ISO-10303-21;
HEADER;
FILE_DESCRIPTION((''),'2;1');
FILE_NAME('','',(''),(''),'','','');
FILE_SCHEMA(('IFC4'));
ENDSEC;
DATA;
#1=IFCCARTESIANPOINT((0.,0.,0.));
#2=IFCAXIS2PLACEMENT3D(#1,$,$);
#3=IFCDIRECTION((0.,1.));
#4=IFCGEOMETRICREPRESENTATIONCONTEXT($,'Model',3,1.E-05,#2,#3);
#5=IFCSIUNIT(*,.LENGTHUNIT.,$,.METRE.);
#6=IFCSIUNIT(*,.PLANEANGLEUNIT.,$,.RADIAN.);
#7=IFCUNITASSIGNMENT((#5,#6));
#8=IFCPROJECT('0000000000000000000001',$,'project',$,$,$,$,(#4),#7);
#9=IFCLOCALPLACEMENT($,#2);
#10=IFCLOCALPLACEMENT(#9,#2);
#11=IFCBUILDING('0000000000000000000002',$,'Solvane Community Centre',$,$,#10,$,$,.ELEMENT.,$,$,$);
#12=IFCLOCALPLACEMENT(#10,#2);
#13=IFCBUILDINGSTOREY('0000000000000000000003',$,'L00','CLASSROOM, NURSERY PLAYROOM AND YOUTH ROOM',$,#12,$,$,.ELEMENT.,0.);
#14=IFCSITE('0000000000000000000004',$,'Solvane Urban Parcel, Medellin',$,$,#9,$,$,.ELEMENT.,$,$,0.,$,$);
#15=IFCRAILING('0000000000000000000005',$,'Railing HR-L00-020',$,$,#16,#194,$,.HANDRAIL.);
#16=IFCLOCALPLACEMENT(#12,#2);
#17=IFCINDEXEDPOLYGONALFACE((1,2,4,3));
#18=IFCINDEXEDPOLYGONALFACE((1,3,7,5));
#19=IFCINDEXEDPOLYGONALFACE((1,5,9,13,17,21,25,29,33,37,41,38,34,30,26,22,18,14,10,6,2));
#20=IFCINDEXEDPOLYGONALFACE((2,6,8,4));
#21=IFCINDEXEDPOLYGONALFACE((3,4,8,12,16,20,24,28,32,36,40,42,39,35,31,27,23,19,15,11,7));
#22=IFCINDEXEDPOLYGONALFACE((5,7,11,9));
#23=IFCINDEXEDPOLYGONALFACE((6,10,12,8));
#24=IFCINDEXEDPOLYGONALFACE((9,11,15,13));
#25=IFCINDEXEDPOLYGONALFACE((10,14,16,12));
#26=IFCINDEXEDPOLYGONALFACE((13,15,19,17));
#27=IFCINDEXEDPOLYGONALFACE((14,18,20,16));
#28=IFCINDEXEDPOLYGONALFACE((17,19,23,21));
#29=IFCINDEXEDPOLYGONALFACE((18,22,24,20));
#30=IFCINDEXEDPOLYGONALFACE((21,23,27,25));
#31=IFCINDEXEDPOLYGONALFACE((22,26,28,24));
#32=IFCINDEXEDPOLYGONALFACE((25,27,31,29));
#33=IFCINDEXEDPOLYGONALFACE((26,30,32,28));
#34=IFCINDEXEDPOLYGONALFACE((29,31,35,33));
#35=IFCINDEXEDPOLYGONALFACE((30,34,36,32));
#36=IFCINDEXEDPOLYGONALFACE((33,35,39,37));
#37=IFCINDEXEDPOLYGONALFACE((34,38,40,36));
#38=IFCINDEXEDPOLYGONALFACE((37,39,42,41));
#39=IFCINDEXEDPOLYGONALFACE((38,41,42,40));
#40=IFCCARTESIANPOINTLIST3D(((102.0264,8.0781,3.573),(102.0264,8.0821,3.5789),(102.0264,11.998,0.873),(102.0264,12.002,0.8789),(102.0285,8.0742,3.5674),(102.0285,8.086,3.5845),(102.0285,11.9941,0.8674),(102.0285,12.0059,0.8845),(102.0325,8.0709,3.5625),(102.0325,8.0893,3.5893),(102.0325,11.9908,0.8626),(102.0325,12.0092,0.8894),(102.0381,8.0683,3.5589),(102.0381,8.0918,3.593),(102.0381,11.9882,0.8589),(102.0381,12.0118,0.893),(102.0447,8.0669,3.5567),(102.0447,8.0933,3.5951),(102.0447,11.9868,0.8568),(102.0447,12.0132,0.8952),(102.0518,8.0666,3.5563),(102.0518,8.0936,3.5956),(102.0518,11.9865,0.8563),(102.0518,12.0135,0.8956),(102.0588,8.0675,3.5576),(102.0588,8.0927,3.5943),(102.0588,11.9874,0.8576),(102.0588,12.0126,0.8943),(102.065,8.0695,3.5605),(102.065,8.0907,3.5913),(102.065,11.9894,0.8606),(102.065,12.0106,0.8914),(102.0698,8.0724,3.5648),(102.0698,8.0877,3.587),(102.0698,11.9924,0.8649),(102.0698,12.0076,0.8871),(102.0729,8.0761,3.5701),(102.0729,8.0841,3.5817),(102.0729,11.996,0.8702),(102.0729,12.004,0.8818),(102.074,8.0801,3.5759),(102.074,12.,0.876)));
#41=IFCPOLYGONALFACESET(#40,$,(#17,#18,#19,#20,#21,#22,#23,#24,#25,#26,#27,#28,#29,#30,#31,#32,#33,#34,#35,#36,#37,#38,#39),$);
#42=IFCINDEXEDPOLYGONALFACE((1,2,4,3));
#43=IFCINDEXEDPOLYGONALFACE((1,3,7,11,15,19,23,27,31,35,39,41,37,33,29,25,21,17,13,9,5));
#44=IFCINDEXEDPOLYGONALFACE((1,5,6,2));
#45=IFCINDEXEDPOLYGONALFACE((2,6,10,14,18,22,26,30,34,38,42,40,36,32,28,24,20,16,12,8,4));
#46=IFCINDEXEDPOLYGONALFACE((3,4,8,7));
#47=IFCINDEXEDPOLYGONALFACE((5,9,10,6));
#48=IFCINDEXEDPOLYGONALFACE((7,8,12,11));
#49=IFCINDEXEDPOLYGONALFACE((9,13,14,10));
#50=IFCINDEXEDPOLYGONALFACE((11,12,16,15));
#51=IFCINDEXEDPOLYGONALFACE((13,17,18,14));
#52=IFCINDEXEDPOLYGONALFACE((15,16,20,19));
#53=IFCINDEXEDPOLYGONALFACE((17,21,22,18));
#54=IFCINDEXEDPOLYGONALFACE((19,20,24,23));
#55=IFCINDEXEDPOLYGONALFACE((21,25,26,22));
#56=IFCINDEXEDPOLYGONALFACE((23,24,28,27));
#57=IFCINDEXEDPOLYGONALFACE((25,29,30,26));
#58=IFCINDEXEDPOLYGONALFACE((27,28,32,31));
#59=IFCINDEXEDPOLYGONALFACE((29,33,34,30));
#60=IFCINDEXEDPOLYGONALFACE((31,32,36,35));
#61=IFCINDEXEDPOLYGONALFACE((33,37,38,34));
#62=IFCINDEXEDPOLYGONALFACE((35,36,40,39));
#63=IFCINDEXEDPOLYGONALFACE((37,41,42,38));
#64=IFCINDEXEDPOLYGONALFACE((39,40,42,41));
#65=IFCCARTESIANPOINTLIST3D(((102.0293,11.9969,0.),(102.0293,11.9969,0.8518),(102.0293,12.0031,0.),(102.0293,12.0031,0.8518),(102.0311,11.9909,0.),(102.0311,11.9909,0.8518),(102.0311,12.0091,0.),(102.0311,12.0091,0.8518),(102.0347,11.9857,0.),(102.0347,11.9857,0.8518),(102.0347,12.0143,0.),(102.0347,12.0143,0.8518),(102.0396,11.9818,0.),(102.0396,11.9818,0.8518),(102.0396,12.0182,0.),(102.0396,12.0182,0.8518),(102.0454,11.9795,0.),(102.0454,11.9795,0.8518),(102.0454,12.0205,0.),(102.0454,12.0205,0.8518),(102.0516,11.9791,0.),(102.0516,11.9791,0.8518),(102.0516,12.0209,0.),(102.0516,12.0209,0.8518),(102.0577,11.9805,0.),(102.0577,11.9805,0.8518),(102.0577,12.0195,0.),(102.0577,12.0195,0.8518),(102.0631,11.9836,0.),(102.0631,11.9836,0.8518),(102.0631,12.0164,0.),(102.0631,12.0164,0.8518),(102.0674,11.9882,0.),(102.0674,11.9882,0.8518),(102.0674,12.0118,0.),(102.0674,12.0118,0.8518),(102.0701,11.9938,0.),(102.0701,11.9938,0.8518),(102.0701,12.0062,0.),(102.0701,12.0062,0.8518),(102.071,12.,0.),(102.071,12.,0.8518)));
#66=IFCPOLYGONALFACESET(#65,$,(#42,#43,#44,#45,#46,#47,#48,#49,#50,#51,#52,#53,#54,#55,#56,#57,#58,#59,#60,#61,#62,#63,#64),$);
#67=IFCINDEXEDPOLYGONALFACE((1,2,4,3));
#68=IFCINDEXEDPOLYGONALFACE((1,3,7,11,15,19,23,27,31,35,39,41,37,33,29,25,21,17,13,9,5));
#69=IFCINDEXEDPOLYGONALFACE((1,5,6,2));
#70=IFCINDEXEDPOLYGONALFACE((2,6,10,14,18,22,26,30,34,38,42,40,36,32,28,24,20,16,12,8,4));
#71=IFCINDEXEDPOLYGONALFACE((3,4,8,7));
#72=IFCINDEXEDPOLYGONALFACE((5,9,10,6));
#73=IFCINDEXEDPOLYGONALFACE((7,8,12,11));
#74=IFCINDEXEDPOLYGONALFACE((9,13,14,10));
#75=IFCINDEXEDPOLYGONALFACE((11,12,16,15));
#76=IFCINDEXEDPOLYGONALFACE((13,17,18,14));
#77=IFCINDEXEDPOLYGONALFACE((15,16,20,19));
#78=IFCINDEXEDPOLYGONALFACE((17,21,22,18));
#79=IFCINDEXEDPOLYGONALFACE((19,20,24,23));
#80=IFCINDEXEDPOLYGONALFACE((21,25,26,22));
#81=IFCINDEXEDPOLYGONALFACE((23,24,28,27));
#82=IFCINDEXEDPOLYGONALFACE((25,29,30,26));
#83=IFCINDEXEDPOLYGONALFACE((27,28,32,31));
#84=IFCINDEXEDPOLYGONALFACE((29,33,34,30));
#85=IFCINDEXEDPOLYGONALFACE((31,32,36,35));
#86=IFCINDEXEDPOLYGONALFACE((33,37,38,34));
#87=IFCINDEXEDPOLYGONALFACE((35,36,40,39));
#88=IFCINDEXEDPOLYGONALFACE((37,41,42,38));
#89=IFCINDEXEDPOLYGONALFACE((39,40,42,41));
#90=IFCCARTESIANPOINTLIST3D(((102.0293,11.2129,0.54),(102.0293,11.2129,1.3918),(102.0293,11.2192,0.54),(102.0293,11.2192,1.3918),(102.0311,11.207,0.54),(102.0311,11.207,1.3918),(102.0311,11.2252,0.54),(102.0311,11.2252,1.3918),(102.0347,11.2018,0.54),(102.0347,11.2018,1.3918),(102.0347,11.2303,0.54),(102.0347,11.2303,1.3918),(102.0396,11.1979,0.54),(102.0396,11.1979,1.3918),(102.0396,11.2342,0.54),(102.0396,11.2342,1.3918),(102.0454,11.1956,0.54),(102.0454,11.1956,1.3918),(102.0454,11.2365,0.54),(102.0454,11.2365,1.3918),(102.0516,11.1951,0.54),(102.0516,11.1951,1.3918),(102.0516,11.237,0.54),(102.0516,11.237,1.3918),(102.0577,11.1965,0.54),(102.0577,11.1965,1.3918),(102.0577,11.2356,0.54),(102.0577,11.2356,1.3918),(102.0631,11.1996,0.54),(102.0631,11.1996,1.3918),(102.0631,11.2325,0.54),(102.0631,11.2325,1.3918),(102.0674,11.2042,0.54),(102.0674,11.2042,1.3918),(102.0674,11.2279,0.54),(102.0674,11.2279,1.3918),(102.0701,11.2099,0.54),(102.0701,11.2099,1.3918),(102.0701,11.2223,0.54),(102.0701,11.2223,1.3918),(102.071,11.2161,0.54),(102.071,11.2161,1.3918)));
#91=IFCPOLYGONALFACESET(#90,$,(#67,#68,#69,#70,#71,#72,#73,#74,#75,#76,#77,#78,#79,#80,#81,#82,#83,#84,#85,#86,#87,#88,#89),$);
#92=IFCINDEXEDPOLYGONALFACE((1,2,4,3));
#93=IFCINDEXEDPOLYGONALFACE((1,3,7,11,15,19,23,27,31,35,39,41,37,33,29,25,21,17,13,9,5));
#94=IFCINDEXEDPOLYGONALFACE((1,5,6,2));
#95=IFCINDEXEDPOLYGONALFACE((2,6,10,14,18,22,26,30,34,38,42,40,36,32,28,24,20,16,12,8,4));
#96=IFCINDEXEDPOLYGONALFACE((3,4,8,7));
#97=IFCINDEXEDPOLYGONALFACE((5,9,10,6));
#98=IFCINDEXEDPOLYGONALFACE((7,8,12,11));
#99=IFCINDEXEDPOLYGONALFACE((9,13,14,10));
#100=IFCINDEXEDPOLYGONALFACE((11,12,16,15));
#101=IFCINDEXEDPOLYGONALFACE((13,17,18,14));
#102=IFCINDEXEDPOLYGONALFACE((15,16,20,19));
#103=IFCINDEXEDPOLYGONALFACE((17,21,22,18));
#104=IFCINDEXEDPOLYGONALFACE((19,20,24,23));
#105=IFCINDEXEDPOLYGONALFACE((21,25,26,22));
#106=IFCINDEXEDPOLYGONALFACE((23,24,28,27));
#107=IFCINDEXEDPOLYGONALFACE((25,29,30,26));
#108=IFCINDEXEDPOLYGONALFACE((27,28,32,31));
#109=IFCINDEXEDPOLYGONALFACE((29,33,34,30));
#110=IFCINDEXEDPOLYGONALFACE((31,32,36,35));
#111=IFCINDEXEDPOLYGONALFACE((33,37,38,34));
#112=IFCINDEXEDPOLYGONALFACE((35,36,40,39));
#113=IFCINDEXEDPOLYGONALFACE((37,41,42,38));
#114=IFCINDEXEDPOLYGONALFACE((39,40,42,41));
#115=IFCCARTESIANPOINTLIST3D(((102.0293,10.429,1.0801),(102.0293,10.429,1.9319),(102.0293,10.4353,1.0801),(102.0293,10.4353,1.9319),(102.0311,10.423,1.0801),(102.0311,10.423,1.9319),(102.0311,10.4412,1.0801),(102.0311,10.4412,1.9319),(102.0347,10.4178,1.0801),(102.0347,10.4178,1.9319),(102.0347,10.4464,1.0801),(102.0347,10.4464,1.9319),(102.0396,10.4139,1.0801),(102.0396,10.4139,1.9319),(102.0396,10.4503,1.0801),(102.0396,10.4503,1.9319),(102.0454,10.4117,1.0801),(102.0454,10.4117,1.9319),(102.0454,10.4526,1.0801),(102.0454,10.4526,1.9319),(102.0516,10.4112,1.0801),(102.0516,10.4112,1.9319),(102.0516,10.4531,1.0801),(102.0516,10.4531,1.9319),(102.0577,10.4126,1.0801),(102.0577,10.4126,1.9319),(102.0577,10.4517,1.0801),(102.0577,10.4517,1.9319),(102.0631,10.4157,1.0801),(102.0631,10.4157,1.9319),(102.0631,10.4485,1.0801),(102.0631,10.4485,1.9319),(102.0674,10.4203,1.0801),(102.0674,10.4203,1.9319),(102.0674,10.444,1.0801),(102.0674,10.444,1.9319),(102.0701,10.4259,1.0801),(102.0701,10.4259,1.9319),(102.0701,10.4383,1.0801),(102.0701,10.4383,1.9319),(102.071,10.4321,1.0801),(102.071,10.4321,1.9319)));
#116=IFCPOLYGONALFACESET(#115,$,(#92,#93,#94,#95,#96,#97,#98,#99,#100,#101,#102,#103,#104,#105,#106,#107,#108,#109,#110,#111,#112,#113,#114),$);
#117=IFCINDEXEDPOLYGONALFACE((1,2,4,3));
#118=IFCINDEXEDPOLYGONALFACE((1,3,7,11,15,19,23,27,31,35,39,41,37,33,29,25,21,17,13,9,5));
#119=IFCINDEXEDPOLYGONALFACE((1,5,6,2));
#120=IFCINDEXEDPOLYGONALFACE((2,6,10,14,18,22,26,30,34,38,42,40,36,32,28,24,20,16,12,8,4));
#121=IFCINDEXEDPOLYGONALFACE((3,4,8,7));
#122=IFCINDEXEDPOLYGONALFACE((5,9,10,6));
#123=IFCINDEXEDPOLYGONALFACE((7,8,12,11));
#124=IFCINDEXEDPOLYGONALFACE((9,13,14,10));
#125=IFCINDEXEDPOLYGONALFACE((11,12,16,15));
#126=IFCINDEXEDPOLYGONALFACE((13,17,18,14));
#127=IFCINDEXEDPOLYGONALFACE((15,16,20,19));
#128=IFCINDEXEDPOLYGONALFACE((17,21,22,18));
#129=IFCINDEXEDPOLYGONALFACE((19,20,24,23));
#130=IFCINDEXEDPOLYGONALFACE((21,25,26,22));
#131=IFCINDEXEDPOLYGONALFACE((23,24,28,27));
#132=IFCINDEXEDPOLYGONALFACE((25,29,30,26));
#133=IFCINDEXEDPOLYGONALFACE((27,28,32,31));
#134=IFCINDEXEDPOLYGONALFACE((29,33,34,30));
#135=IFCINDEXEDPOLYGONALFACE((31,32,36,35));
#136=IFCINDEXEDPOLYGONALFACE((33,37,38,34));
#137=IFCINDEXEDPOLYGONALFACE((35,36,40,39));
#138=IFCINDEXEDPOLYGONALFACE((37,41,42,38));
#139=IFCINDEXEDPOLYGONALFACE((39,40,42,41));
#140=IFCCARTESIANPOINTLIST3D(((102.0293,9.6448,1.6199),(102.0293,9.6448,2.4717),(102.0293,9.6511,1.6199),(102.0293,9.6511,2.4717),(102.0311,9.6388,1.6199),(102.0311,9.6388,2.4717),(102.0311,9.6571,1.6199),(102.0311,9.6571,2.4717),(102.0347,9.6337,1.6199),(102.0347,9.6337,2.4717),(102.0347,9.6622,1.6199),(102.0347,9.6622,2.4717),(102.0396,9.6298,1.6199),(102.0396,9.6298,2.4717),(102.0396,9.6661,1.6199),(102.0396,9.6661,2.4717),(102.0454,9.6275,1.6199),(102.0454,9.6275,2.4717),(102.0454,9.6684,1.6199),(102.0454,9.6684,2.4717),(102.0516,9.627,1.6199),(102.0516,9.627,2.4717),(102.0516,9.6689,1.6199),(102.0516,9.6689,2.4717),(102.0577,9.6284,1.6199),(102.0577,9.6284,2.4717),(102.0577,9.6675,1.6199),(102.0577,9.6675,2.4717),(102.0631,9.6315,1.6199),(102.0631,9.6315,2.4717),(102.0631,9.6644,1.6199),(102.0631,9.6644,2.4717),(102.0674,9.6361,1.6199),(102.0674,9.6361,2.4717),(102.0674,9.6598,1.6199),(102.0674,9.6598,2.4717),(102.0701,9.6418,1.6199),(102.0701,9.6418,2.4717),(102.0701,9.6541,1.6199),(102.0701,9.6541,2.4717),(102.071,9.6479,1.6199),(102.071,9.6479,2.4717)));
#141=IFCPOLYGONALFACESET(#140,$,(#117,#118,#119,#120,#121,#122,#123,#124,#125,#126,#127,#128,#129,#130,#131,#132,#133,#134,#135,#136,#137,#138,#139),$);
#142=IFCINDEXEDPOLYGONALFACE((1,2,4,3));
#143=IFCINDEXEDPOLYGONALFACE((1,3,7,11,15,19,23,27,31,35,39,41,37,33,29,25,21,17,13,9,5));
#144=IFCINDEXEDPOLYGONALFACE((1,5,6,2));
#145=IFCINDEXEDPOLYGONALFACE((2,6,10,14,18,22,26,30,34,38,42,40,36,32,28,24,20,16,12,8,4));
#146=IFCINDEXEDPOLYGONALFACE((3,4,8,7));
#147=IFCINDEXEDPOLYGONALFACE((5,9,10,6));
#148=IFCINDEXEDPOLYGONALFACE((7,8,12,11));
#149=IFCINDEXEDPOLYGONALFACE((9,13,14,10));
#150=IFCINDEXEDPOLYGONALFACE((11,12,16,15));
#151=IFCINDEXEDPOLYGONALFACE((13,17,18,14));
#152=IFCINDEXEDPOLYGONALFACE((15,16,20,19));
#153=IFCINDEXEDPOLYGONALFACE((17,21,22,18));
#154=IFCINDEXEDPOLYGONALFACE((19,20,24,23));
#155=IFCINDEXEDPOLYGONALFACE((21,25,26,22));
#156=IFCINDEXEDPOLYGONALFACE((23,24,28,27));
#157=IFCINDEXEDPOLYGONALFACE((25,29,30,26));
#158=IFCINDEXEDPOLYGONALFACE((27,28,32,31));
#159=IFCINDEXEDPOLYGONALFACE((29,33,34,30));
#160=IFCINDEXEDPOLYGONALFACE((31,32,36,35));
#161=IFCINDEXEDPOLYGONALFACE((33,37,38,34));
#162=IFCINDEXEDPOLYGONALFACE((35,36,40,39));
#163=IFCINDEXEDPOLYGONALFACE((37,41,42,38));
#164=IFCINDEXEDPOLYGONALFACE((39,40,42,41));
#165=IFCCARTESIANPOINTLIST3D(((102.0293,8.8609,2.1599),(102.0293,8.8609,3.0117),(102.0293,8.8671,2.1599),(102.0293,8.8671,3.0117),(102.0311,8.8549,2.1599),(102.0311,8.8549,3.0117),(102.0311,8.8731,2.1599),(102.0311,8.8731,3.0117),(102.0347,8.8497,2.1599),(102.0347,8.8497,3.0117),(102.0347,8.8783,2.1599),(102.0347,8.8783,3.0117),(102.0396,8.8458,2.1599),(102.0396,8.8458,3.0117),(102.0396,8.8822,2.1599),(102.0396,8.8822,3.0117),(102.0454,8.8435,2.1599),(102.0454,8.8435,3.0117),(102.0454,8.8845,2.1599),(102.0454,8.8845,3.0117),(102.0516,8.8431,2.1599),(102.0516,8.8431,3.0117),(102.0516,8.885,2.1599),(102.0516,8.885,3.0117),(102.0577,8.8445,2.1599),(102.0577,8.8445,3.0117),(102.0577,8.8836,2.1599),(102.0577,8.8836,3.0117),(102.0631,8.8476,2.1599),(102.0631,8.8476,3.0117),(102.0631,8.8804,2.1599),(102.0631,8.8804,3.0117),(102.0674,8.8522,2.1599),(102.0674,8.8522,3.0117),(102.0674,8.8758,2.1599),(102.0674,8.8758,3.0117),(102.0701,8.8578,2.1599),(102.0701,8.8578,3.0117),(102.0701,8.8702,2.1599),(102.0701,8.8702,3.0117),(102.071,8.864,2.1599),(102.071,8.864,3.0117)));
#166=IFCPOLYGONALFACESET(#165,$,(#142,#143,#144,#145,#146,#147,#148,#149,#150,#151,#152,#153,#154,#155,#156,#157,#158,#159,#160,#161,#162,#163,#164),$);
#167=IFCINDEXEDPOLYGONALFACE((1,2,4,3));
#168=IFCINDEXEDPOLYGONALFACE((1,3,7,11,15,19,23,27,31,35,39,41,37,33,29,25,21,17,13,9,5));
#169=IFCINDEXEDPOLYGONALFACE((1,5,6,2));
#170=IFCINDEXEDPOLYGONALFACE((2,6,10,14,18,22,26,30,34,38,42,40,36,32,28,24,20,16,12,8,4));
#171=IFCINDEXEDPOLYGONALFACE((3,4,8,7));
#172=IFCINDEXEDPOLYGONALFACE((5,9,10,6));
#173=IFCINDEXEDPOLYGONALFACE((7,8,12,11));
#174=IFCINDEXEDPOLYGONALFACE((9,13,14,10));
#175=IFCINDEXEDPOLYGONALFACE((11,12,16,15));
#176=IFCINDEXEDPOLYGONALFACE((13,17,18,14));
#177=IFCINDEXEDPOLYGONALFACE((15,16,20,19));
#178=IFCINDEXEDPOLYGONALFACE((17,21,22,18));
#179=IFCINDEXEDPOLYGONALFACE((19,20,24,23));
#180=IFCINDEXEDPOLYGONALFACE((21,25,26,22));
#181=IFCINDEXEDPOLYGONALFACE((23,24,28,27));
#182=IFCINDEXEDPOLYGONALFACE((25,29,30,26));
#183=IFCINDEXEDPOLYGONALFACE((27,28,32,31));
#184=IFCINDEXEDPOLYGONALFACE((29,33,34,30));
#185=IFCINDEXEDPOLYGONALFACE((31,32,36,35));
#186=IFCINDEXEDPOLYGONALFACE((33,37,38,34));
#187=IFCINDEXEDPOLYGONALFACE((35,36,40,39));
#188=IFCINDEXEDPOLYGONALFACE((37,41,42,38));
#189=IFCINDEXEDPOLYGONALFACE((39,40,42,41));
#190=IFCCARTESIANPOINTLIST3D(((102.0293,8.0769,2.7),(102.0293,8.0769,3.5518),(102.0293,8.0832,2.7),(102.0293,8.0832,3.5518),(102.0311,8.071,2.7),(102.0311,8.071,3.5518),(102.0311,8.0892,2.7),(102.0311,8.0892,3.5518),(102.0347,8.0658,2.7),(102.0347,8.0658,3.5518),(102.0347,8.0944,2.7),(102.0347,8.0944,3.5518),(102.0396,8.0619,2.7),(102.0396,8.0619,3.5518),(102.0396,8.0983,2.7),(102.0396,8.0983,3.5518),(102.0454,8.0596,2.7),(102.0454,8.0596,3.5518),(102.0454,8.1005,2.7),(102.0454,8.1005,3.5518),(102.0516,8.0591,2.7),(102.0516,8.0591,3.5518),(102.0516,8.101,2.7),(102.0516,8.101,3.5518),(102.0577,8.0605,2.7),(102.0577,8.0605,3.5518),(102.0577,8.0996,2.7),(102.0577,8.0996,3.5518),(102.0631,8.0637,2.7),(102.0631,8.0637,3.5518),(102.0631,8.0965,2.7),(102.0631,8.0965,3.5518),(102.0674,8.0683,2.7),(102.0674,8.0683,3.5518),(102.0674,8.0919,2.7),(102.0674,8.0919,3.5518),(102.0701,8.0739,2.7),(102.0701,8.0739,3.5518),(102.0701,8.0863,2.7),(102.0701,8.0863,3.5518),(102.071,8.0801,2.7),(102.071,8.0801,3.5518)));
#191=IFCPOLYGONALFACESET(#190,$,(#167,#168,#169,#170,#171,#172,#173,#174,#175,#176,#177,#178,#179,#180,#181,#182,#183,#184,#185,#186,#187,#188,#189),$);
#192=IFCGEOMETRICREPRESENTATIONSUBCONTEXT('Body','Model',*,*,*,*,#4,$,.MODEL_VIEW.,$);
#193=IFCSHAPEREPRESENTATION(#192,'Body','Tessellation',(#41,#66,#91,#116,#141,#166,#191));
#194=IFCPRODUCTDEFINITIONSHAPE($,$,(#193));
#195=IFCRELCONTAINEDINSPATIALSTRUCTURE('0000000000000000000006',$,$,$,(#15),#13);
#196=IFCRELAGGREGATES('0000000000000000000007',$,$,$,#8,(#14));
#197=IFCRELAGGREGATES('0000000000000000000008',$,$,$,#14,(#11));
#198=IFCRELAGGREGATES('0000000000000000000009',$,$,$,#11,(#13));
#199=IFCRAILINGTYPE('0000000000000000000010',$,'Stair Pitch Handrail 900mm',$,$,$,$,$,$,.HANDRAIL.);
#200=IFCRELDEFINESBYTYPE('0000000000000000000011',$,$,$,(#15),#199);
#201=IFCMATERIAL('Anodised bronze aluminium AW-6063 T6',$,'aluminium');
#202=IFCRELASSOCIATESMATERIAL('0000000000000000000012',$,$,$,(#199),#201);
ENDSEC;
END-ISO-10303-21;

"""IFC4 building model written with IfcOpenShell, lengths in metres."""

from ifc_helpers import new_model, si_unit, direction, frame, origin, origin_2d, place, context, subcontext, project, spatial, circle, extrude, material, type_object, element, save


model = new_model("IFC4")

# Units and contexts
model_context = context("Model", 3, precision=1e-05, world=origin(), true_north=direction((0.0, 1.0)))
body_context = subcontext(model_context, "Body", "Model", "MODEL_VIEW")
ifc_project = project(units=[si_unit("LENGTHUNIT", "METRE"), si_unit("PLANEANGLEUNIT", "RADIAN")], contexts=[model_context])

# Site, building, storey
site_placement = place(None, origin())
site = spatial("IfcSite", under=ifc_project, at=site_placement, Name="Solvane Urban Parcel, Medellin", CompositionType="ELEMENT", RefElevation=0.0)
building_placement = place(site_placement, origin())
building = spatial("IfcBuilding", under=site, at=building_placement, Name="Solvane Community Centre", CompositionType="ELEMENT")
storey_placement = place(building_placement, origin())
storey = spatial("IfcBuildingStorey", under=building, at=storey_placement, Name="L00", Description="CLASSROOM, NURSERY PLAYROOM AND YOUTH ROOM", CompositionType="ELEMENT", Elevation=0.0)

# Shared definitions
ifc_material_1 = material(Name="Anodised bronze aluminium AW-6063 T6", Category="aluminium")

# Railing
railing_type_1 = type_object("IfcRailingType", Name="Stair Pitch Handrail 900mm", PredefinedType="HANDRAIL", material=ifc_material_1)
railing_1_placement = place(storey_placement, frame((102.05, 12.0, 0.0)))
element("IfcRailing", 1, at=railing_1_placement, inside=storey, type_object=railing_type_1, Name="Railing HR-L00-020", PredefinedType="HANDRAIL", context=body_context, shape_type="SweptSolid", body=[
    extrude(circle(Radius=0.0239, at=origin_2d()), frame((0.0, 0.0, 0.876), z_axis=(0.0, -0.823551, 0.567243), x_axis=(1.0, 0.0, 0.0)), (0.0, 0.0, 1.0), 4.7598),
    extrude(circle(Radius=0.021, at=origin_2d()), origin(), (0.0, 0.0, 1.0), 0.8518),
    extrude(circle(Radius=0.021, at=origin_2d()), frame((0.0, -0.7839, 0.54)), (0.0, 0.0, 1.0), 0.8518),
    extrude(circle(Radius=0.021, at=origin_2d()), frame((0.0, -1.5679, 1.0801)), (0.0, 0.0, 1.0), 0.8518),
    extrude(circle(Radius=0.021, at=origin_2d()), frame((0.0, -2.3521, 1.6199)), (0.0, 0.0, 1.0), 0.8518),
    extrude(circle(Radius=0.021, at=origin_2d()), frame((0.0, -3.136, 2.1599)), (0.0, 0.0, 1.0), 0.8518),
    extrude(circle(Radius=0.021, at=origin_2d()), frame((0.0, -3.9199, 2.7)), (0.0, 0.0, 1.0), 0.8518),
])

save(model, "model.ifc")
